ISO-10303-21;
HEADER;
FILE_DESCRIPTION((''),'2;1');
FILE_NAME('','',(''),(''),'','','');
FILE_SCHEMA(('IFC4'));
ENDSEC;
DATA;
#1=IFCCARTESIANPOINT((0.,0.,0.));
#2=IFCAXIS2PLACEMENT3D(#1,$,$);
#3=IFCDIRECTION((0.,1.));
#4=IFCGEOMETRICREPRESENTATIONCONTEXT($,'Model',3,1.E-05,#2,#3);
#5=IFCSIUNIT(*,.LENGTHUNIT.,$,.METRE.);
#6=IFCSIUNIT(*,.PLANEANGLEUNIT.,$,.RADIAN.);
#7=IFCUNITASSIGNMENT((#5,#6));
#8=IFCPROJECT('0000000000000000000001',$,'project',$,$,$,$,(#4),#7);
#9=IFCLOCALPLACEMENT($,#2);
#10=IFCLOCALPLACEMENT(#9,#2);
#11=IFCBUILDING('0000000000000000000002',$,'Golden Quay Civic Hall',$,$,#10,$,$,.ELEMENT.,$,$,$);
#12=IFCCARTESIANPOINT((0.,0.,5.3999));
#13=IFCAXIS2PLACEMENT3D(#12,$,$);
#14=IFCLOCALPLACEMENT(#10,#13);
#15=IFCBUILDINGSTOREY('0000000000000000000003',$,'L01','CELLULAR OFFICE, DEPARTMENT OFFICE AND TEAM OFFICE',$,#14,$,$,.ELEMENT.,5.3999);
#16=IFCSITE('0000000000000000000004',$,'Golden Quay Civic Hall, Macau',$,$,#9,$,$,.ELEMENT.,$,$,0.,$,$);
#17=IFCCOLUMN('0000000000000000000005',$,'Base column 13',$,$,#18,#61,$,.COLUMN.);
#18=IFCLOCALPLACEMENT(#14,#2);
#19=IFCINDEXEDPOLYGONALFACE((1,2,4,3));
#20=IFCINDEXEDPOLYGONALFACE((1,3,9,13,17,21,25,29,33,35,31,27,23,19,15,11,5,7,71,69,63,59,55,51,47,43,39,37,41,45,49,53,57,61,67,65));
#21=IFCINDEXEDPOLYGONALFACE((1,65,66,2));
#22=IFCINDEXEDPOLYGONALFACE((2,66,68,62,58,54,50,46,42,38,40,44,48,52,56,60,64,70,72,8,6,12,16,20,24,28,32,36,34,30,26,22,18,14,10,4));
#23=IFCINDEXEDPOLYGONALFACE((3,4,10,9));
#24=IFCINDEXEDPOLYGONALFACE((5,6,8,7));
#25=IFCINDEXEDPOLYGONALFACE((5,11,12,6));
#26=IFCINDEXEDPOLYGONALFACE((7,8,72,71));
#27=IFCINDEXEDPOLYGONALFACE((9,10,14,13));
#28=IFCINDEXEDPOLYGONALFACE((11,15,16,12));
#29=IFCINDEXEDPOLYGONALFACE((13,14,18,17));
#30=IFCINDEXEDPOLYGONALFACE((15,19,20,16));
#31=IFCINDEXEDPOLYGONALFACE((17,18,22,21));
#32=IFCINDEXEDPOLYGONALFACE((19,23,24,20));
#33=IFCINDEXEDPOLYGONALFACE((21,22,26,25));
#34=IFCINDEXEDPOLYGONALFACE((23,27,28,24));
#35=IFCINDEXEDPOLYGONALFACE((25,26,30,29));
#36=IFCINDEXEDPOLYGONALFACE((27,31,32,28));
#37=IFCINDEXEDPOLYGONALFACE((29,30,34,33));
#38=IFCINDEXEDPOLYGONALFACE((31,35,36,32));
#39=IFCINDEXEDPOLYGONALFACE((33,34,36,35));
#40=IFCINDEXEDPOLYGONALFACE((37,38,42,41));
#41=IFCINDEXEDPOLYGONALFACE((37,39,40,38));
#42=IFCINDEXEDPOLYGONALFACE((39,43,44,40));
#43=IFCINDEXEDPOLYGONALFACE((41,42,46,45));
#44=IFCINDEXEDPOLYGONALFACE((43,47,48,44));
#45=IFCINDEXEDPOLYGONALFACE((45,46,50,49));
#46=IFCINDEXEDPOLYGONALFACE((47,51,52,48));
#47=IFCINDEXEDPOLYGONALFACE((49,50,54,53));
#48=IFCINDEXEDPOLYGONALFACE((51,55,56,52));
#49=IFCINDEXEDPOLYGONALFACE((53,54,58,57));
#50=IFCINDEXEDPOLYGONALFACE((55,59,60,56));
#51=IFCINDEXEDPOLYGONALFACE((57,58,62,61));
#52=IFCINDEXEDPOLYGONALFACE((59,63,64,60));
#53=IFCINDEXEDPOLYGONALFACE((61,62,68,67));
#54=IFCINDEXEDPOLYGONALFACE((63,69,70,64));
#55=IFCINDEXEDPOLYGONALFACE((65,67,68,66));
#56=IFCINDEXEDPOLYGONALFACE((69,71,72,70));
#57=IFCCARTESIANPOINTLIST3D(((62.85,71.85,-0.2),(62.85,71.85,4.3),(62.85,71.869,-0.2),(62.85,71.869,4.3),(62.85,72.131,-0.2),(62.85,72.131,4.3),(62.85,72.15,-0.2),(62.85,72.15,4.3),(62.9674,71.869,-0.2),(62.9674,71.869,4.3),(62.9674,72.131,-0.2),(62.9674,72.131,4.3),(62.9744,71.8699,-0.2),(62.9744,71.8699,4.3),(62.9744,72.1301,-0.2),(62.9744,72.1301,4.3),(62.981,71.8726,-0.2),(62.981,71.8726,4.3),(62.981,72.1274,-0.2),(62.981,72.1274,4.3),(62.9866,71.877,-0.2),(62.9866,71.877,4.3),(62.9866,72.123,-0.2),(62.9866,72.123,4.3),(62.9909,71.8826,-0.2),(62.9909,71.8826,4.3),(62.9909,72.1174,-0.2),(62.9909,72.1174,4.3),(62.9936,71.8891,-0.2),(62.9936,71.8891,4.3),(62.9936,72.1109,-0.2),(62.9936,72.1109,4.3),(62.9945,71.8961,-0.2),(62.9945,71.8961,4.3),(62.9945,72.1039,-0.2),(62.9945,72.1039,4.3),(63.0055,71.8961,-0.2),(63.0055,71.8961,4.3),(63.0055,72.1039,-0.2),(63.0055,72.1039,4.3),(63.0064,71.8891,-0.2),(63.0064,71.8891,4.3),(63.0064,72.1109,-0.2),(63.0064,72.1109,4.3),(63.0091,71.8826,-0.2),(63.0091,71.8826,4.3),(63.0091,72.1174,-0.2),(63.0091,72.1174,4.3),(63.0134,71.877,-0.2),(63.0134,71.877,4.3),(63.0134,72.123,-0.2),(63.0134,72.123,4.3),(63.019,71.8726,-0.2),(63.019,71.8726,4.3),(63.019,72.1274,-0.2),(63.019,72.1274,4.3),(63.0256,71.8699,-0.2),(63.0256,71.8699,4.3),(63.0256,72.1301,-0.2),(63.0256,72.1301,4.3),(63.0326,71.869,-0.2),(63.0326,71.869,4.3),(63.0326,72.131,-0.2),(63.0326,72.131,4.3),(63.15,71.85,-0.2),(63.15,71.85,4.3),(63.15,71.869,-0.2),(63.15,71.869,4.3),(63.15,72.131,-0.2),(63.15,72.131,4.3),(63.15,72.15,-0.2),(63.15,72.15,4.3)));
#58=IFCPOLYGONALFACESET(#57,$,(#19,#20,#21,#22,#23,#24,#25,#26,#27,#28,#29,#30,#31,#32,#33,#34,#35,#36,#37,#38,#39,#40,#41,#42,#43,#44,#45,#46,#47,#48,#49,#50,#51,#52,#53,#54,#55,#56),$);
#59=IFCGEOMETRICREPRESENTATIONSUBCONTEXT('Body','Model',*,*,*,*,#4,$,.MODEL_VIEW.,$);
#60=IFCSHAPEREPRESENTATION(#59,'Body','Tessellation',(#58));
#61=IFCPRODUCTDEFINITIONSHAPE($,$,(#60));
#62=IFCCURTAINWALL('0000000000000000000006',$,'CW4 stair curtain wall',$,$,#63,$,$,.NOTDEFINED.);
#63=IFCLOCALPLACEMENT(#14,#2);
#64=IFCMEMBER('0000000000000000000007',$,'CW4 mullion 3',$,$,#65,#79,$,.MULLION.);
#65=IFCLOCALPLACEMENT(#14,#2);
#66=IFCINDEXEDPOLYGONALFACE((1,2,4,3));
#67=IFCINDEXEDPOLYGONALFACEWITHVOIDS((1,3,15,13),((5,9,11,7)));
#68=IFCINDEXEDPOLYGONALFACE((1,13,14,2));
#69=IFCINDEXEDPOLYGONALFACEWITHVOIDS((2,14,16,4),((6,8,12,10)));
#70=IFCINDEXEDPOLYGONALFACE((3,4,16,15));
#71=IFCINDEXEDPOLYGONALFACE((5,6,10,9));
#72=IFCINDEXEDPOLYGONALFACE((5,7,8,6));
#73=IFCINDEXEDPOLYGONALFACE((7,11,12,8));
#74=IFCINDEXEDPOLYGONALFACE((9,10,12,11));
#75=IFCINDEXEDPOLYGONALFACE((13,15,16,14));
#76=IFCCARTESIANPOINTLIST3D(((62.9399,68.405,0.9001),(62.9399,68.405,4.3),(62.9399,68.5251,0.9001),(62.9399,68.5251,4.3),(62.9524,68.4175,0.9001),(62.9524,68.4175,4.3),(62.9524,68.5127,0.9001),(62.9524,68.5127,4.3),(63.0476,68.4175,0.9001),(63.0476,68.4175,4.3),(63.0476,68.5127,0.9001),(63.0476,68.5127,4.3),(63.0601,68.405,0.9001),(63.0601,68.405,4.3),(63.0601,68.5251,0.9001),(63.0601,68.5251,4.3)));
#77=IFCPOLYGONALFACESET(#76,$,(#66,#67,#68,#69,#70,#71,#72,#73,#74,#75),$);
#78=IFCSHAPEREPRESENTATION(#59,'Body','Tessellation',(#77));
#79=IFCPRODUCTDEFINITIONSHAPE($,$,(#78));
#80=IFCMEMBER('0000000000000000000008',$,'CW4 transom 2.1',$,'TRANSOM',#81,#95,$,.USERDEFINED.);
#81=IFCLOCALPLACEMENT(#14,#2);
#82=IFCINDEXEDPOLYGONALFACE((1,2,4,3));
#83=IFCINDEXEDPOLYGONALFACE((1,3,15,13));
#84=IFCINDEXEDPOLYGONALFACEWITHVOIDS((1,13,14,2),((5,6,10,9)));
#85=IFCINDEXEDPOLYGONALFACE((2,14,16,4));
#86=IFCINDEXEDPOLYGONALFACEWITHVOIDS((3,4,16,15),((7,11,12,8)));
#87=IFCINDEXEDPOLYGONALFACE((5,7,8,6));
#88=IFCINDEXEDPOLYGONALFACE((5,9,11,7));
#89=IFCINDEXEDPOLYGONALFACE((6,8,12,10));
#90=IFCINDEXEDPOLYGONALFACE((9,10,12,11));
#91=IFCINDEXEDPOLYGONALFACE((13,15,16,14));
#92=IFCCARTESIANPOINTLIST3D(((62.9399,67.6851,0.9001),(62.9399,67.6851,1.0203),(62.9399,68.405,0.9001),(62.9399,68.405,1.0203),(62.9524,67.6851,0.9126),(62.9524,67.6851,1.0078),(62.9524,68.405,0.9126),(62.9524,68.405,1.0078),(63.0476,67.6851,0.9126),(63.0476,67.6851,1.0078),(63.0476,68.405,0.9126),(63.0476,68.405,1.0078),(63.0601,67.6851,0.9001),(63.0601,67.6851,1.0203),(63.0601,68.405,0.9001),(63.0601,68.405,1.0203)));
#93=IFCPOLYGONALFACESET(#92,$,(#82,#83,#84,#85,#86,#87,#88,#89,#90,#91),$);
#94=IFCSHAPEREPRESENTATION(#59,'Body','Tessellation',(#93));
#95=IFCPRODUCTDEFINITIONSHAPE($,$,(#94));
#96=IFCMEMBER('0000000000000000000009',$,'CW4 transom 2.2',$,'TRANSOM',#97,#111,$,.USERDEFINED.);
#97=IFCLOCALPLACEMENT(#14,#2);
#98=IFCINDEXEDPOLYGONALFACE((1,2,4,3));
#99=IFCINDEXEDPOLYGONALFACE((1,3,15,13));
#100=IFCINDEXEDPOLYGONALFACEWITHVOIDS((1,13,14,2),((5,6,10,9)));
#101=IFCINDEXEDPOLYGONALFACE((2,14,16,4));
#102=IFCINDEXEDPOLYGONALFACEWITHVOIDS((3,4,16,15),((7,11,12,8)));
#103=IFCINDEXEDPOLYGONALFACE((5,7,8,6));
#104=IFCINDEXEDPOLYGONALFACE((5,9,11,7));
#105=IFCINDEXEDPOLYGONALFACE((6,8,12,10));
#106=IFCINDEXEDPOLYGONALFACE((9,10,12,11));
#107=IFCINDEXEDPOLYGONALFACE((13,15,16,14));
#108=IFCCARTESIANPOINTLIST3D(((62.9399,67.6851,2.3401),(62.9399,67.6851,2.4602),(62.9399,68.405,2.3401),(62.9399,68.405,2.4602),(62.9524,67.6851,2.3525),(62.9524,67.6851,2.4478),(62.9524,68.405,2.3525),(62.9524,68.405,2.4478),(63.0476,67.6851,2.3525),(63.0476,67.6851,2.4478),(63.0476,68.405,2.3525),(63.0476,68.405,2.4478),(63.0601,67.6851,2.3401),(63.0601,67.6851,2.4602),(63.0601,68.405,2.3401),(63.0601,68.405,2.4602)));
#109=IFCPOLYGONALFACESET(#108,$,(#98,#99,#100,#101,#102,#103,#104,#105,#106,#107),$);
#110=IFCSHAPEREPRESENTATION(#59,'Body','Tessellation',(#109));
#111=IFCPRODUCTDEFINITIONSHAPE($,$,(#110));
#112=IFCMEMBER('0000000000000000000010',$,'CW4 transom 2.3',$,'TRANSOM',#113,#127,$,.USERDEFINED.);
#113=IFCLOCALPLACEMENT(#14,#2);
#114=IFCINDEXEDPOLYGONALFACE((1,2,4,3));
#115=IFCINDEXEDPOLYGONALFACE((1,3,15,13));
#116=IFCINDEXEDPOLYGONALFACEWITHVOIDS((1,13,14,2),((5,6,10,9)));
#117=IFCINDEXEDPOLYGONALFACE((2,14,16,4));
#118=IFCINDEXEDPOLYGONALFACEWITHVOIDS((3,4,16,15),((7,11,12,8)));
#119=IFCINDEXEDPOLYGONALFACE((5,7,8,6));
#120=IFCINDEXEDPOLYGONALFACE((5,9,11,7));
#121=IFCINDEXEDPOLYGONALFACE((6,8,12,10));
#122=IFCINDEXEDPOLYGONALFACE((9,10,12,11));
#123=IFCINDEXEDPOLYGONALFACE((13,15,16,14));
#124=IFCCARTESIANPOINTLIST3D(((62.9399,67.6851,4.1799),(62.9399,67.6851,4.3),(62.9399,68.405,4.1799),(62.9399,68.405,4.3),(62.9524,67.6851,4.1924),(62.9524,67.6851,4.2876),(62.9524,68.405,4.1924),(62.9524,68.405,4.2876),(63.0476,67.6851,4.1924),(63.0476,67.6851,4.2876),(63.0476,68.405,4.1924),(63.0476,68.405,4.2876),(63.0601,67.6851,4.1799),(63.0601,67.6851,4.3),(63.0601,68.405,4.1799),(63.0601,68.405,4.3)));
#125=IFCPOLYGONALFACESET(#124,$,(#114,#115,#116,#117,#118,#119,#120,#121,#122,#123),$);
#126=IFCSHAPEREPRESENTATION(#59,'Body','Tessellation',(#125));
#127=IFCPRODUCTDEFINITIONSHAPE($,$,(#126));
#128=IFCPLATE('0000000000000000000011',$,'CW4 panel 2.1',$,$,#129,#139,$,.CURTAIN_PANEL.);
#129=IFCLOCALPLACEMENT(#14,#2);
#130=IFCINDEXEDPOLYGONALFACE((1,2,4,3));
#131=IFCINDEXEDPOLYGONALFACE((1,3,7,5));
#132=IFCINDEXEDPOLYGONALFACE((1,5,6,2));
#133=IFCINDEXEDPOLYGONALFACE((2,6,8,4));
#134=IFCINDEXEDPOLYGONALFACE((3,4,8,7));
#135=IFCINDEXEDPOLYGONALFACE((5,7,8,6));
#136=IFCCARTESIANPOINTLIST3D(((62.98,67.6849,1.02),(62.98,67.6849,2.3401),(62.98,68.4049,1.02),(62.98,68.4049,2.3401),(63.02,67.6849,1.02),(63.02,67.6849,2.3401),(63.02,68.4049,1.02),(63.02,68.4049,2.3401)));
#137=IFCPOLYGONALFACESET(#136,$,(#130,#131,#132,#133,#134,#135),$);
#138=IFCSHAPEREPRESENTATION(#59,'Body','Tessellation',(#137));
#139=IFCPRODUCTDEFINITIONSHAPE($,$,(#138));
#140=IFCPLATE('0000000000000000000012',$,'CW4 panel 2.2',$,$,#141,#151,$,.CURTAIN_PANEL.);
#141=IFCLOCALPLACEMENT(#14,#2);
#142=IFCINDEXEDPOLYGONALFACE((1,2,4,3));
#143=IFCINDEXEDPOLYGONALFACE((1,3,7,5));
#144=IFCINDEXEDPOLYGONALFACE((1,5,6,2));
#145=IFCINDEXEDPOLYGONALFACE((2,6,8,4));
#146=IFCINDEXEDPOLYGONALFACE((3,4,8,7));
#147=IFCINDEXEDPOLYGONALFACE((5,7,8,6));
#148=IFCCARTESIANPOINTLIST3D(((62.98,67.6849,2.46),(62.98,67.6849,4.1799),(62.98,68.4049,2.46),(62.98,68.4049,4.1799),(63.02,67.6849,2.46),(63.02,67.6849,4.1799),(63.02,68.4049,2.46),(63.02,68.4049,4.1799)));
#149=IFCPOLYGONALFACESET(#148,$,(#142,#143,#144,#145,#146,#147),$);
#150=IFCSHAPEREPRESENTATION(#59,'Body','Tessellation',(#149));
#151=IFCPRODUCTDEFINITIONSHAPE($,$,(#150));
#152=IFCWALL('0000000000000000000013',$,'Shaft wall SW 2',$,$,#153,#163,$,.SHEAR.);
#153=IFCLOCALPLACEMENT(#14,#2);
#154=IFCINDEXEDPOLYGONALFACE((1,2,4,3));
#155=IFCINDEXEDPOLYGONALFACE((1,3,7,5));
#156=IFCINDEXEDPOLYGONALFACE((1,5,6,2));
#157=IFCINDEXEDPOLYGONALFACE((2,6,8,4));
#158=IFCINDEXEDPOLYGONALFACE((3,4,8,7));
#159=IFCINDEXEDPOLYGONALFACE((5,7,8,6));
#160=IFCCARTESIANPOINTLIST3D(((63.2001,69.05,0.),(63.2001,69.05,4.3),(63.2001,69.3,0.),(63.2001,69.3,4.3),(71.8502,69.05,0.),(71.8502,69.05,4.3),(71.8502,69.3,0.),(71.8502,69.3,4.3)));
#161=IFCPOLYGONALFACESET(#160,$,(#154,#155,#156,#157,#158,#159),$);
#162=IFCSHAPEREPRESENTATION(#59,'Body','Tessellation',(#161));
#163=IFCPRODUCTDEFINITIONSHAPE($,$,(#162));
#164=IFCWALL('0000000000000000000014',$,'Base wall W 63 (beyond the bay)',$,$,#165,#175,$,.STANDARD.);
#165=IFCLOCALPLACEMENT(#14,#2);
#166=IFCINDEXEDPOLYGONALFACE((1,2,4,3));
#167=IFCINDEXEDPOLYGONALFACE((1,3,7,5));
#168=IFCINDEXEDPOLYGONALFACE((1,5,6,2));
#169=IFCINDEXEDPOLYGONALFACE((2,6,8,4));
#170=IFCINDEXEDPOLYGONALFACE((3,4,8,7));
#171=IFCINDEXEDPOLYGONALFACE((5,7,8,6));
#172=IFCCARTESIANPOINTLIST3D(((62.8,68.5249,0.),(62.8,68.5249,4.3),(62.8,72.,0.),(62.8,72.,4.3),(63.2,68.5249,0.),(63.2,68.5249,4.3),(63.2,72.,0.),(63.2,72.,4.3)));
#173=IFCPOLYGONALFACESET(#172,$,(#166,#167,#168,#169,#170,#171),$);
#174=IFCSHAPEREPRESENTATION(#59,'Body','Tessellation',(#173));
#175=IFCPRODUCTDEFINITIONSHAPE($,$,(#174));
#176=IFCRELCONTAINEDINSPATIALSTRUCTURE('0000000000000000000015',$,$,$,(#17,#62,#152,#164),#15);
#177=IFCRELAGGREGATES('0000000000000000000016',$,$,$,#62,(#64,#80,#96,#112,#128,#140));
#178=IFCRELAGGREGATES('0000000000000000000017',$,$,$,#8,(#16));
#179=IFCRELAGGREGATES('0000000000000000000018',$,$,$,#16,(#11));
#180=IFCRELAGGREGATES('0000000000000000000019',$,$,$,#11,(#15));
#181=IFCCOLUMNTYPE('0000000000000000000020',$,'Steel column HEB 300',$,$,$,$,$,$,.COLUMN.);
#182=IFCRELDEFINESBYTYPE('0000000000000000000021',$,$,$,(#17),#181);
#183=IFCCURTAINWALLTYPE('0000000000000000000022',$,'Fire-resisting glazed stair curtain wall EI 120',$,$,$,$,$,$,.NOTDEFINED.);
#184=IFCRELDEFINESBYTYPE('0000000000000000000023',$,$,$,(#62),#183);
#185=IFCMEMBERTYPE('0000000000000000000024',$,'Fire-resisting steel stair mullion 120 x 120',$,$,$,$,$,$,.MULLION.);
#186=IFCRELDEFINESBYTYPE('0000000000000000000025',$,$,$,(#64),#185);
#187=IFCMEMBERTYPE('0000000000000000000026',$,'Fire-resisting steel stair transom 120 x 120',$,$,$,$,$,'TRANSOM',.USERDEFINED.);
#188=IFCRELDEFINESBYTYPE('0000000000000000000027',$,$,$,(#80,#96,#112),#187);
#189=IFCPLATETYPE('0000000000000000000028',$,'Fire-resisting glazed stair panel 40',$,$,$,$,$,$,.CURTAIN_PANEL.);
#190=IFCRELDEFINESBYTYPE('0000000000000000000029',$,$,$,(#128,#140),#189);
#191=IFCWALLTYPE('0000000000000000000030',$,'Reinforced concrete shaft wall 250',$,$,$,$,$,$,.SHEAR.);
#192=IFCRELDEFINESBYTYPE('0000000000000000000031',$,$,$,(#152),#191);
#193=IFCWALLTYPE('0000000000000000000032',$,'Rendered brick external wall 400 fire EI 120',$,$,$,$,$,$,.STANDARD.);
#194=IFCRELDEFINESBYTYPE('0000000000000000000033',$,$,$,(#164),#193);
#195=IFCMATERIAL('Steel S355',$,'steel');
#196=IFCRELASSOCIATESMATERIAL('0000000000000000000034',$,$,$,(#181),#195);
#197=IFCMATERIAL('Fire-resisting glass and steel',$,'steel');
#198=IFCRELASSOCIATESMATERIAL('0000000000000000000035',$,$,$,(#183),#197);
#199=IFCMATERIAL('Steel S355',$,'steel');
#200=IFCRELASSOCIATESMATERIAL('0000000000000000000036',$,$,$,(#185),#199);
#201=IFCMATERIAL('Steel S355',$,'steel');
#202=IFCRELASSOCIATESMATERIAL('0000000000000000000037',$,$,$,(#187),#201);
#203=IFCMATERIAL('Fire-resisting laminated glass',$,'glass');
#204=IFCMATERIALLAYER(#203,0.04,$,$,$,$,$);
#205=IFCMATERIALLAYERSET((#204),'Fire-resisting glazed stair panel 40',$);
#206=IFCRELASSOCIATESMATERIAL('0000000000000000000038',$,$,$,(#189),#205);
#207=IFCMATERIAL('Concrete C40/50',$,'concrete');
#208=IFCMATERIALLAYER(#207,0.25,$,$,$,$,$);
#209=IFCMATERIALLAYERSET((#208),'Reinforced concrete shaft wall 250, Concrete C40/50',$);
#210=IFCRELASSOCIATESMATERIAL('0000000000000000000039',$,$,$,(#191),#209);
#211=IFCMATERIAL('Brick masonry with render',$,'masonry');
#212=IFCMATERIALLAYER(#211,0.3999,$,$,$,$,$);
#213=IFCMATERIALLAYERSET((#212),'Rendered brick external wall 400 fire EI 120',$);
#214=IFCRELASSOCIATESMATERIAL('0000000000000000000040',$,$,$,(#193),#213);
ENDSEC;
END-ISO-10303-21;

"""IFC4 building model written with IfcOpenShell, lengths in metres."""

from ifc_helpers import new_model, si_unit, direction, frame, frame_2d, origin, origin_2d, place, context, subcontext, project, spatial, rectangle, hollow_rectangle, i_section, extrude, material, layer, layer_set, material_profile, profile_set, type_object, element, aggregate, save


model = new_model("IFC4")

# Units and contexts
model_context = context("Model", 3, precision=1e-05, world=origin(), true_north=direction((0.0, 1.0)))
body_context = subcontext(model_context, "Body", "Model", "MODEL_VIEW")
ifc_project = project(units=[si_unit("LENGTHUNIT", "METRE"), si_unit("PLANEANGLEUNIT", "RADIAN")], contexts=[model_context])

# Site, building, storey
site_placement = place(None, origin())
site = spatial("IfcSite", under=ifc_project, at=site_placement, Name="Golden Quay Civic Hall, Macau", CompositionType="ELEMENT", RefElevation=0.0)
building_placement = place(site_placement, origin())
building = spatial("IfcBuilding", under=site, at=building_placement, Name="Golden Quay Civic Hall", CompositionType="ELEMENT")
storey_placement = place(building_placement, frame((0.0, 0.0, 5.3999)))
storey = spatial("IfcBuildingStorey", under=building, at=storey_placement, Name="L01", Description="CELLULAR OFFICE, DEPARTMENT OFFICE AND TEAM OFFICE", CompositionType="ELEMENT", Elevation=5.3999)

# Column
ifc_material_1 = material(Name="Steel S355", Category="steel")
ifc_material_profile_1 = material_profile(ifc_material_1, i_section(OverallWidth=0.3, OverallDepth=0.3, WebThickness=0.011, FlangeThickness=0.019, FilletRadius=0.0271, at=origin_2d()), Name="HEB 300")
ifc_profile_set_1 = profile_set([ifc_material_profile_1], Name="Steel S355")
column_type = type_object("IfcColumnType", Name="Steel column HEB 300", PredefinedType="COLUMN", material=ifc_profile_set_1)
column_placement = place(storey_placement, frame((63.0, 72.0, -0.2), z_axis=(0.0, 0.0, 1.0), x_axis=(1.0, 0.0, 0.0)))
element("IfcColumn", 1, at=column_placement, inside=storey, type_object=column_type, Name="Base column 13", PredefinedType="COLUMN", context=body_context, shape_type="SweptSolid", body=[
    extrude(i_section(OverallWidth=0.3, OverallDepth=0.3, WebThickness=0.011, FlangeThickness=0.019, FilletRadius=0.0271, at=origin_2d()), origin(), (0.0, 0.0, 1.0), 4.5),
])

# Curtain wall, members, plates
ifc_material_2 = material(Name="Fire-resisting glass and steel", Category="steel")
curtain_wall_type = type_object("IfcCurtainWallType", Name="Fire-resisting glazed stair curtain wall EI 120", PredefinedType="NOTDEFINED", material=ifc_material_2)
curtain_wall_placement = place(storey_placement, origin())
curtain_wall = element("IfcCurtainWall", 2, at=curtain_wall_placement, inside=storey, type_object=curtain_wall_type, Name="CW4 stair curtain wall", PredefinedType="NOTDEFINED")
ifc_material_3 = material(Name="Steel S355", Category="steel")
ifc_material_profile_2 = material_profile(ifc_material_3, hollow_rectangle(XDim=0.1201, YDim=0.1201, WallThickness=0.0125, at=origin_2d()), Name="SHS 120x120x12.5")
ifc_profile_set_2 = profile_set([ifc_material_profile_2], Name="Steel S355")
member_type_1 = type_object("IfcMemberType", Name="Fire-resisting steel stair mullion 120 x 120", PredefinedType="MULLION", material=ifc_profile_set_2)
member_1_placement = place(storey_placement, frame((63.0, 68.4651, 0.9001), z_axis=(0.0, 0.0, 1.0), x_axis=(-1.0, 0.0, 0.0)))
member_1 = element("IfcMember", 3, at=member_1_placement, type_object=member_type_1, Name="CW4 mullion 3", PredefinedType="MULLION", context=body_context, shape_type="SweptSolid", body=[
    extrude(hollow_rectangle(XDim=0.1201, YDim=0.1201, WallThickness=0.0125, at=origin_2d()), origin(), (0.0, 0.0, 1.0), 3.3999),
])
ifc_material_4 = material(Name="Steel S355", Category="steel")
ifc_material_profile_3 = material_profile(ifc_material_4, hollow_rectangle(XDim=0.1201, YDim=0.1201, WallThickness=0.0125, at=origin_2d()), Name="SHS 120x120x12.5")
ifc_profile_set_3 = profile_set([ifc_material_profile_3], Name="Steel S355")
member_type_2 = type_object("IfcMemberType", Name="Fire-resisting steel stair transom 120 x 120", ElementType="TRANSOM", PredefinedType="USERDEFINED", material=ifc_profile_set_3)
member_2_placement = place(storey_placement, frame((63.0, 67.6851, 0.9602), z_axis=(0.0, 1.0, 0.0), x_axis=(-1.0, 0.0, 0.0)))
member_2 = element("IfcMember", 4, at=member_2_placement, type_object=member_type_2, Name="CW4 transom 2.1", ObjectType="TRANSOM", PredefinedType="USERDEFINED", context=body_context, shape_type="SweptSolid", body=[
    extrude(hollow_rectangle(XDim=0.1201, YDim=0.1201, WallThickness=0.0125, at=origin_2d()), origin(), (0.0, 0.0, 1.0), 0.72),
])
member_3_placement = place(storey_placement, frame((63.0, 67.6851, 2.4001), z_axis=(0.0, 1.0, 0.0), x_axis=(-1.0, 0.0, 0.0)))
member_3 = element("IfcMember", 5, at=member_3_placement, type_object=member_type_2, Name="CW4 transom 2.2", ObjectType="TRANSOM", PredefinedType="USERDEFINED", context=body_context, shape_type="SweptSolid", body=[
    extrude(hollow_rectangle(XDim=0.1201, YDim=0.1201, WallThickness=0.0125, at=origin_2d()), origin(), (0.0, 0.0, 1.0), 0.72),
])
member_4_placement = place(storey_placement, frame((63.0, 67.6851, 4.24), z_axis=(0.0, 1.0, 0.0), x_axis=(-1.0, 0.0, 0.0)))
member_4 = element("IfcMember", 6, at=member_4_placement, type_object=member_type_2, Name="CW4 transom 2.3", ObjectType="TRANSOM", PredefinedType="USERDEFINED", context=body_context, shape_type="SweptSolid", body=[
    extrude(hollow_rectangle(XDim=0.1201, YDim=0.1201, WallThickness=0.0125, at=origin_2d()), origin(), (0.0, 0.0, 1.0), 0.72),
])
ifc_material_5 = material(Name="Fire-resisting laminated glass", Category="glass")
ifc_layer_1 = layer(ifc_material_5, 0.04)
ifc_layer_set_1 = layer_set([ifc_layer_1], Name="Fire-resisting glazed stair panel 40")
plate_type = type_object("IfcPlateType", Name="Fire-resisting glazed stair panel 40", PredefinedType="CURTAIN_PANEL", material=ifc_layer_set_1)
plate_1_placement = place(storey_placement, frame((63.0, 68.0449, 1.02), z_axis=(0.0, 0.0, 1.0), x_axis=(0.0, 1.0, 0.0)))
plate_1 = element("IfcPlate", 7, at=plate_1_placement, type_object=plate_type, Name="CW4 panel 2.1", PredefinedType="CURTAIN_PANEL", context=body_context, shape_type="SweptSolid", body=[
    extrude(rectangle(XDim=0.72, YDim=0.04, at=origin_2d()), origin(), (0.0, 0.0, 1.0), 1.3201),
])
plate_2_placement = place(storey_placement, frame((63.0, 68.0449, 2.46), z_axis=(0.0, 0.0, 1.0), x_axis=(0.0, 1.0, 0.0)))
plate_2 = element("IfcPlate", 8, at=plate_2_placement, type_object=plate_type, Name="CW4 panel 2.2", PredefinedType="CURTAIN_PANEL", context=body_context, shape_type="SweptSolid", body=[
    extrude(rectangle(XDim=0.72, YDim=0.04, at=origin_2d()), origin(), (0.0, 0.0, 1.0), 1.72),
])
aggregate(curtain_wall, [member_1, member_2, member_3, member_4, plate_1, plate_2])

# Walls
ifc_material_6 = material(Name="Concrete C40/50", Category="concrete")
ifc_layer_2 = layer(ifc_material_6, 0.25)
ifc_layer_set_2 = layer_set([ifc_layer_2], Name="Reinforced concrete shaft wall 250, Concrete C40/50")
wall_type_1 = type_object("IfcWallType", Name="Reinforced concrete shaft wall 250", PredefinedType="SHEAR", material=ifc_layer_set_2)
wall_1_placement = place(storey_placement, frame((63.2, 69.175, 0.0), z_axis=(0.0, 0.0, 1.0), x_axis=(1.0, 0.0, 0.0)))
element("IfcWall", 9, at=wall_1_placement, inside=storey, type_object=wall_type_1, Name="Shaft wall SW 2", PredefinedType="SHEAR", context=body_context, shape_type="SweptSolid", body=[
    extrude(rectangle(XDim=8.6501, YDim=0.25, at=frame_2d((4.3252, 0.0))), origin(), (0.0, 0.0, 1.0), 4.3),
])
ifc_material_7 = material(Name="Brick masonry with render", Category="masonry")
ifc_layer_3 = layer(ifc_material_7, 0.3999)
ifc_layer_set_3 = layer_set([ifc_layer_3], Name="Rendered brick external wall 400 fire EI 120")
wall_type_2 = type_object("IfcWallType", Name="Rendered brick external wall 400 fire EI 120", PredefinedType="STANDARD", material=ifc_layer_set_3)
wall_2_placement = place(storey_placement, frame((63.0, 68.5249, 0.0), z_axis=(0.0, 0.0, 1.0), x_axis=(0.0, 1.0, 0.0)))
element("IfcWall", 10, at=wall_2_placement, inside=storey, type_object=wall_type_2, Name="Base wall W 63 (beyond the bay)", PredefinedType="STANDARD", context=body_context, shape_type="SweptSolid", body=[
    extrude(rectangle(XDim=3.4751, YDim=0.3999, at=frame_2d((1.7375, 0.0))), origin(), (0.0, 0.0, 1.0), 4.3),
])

save(model, "model.ifc")
